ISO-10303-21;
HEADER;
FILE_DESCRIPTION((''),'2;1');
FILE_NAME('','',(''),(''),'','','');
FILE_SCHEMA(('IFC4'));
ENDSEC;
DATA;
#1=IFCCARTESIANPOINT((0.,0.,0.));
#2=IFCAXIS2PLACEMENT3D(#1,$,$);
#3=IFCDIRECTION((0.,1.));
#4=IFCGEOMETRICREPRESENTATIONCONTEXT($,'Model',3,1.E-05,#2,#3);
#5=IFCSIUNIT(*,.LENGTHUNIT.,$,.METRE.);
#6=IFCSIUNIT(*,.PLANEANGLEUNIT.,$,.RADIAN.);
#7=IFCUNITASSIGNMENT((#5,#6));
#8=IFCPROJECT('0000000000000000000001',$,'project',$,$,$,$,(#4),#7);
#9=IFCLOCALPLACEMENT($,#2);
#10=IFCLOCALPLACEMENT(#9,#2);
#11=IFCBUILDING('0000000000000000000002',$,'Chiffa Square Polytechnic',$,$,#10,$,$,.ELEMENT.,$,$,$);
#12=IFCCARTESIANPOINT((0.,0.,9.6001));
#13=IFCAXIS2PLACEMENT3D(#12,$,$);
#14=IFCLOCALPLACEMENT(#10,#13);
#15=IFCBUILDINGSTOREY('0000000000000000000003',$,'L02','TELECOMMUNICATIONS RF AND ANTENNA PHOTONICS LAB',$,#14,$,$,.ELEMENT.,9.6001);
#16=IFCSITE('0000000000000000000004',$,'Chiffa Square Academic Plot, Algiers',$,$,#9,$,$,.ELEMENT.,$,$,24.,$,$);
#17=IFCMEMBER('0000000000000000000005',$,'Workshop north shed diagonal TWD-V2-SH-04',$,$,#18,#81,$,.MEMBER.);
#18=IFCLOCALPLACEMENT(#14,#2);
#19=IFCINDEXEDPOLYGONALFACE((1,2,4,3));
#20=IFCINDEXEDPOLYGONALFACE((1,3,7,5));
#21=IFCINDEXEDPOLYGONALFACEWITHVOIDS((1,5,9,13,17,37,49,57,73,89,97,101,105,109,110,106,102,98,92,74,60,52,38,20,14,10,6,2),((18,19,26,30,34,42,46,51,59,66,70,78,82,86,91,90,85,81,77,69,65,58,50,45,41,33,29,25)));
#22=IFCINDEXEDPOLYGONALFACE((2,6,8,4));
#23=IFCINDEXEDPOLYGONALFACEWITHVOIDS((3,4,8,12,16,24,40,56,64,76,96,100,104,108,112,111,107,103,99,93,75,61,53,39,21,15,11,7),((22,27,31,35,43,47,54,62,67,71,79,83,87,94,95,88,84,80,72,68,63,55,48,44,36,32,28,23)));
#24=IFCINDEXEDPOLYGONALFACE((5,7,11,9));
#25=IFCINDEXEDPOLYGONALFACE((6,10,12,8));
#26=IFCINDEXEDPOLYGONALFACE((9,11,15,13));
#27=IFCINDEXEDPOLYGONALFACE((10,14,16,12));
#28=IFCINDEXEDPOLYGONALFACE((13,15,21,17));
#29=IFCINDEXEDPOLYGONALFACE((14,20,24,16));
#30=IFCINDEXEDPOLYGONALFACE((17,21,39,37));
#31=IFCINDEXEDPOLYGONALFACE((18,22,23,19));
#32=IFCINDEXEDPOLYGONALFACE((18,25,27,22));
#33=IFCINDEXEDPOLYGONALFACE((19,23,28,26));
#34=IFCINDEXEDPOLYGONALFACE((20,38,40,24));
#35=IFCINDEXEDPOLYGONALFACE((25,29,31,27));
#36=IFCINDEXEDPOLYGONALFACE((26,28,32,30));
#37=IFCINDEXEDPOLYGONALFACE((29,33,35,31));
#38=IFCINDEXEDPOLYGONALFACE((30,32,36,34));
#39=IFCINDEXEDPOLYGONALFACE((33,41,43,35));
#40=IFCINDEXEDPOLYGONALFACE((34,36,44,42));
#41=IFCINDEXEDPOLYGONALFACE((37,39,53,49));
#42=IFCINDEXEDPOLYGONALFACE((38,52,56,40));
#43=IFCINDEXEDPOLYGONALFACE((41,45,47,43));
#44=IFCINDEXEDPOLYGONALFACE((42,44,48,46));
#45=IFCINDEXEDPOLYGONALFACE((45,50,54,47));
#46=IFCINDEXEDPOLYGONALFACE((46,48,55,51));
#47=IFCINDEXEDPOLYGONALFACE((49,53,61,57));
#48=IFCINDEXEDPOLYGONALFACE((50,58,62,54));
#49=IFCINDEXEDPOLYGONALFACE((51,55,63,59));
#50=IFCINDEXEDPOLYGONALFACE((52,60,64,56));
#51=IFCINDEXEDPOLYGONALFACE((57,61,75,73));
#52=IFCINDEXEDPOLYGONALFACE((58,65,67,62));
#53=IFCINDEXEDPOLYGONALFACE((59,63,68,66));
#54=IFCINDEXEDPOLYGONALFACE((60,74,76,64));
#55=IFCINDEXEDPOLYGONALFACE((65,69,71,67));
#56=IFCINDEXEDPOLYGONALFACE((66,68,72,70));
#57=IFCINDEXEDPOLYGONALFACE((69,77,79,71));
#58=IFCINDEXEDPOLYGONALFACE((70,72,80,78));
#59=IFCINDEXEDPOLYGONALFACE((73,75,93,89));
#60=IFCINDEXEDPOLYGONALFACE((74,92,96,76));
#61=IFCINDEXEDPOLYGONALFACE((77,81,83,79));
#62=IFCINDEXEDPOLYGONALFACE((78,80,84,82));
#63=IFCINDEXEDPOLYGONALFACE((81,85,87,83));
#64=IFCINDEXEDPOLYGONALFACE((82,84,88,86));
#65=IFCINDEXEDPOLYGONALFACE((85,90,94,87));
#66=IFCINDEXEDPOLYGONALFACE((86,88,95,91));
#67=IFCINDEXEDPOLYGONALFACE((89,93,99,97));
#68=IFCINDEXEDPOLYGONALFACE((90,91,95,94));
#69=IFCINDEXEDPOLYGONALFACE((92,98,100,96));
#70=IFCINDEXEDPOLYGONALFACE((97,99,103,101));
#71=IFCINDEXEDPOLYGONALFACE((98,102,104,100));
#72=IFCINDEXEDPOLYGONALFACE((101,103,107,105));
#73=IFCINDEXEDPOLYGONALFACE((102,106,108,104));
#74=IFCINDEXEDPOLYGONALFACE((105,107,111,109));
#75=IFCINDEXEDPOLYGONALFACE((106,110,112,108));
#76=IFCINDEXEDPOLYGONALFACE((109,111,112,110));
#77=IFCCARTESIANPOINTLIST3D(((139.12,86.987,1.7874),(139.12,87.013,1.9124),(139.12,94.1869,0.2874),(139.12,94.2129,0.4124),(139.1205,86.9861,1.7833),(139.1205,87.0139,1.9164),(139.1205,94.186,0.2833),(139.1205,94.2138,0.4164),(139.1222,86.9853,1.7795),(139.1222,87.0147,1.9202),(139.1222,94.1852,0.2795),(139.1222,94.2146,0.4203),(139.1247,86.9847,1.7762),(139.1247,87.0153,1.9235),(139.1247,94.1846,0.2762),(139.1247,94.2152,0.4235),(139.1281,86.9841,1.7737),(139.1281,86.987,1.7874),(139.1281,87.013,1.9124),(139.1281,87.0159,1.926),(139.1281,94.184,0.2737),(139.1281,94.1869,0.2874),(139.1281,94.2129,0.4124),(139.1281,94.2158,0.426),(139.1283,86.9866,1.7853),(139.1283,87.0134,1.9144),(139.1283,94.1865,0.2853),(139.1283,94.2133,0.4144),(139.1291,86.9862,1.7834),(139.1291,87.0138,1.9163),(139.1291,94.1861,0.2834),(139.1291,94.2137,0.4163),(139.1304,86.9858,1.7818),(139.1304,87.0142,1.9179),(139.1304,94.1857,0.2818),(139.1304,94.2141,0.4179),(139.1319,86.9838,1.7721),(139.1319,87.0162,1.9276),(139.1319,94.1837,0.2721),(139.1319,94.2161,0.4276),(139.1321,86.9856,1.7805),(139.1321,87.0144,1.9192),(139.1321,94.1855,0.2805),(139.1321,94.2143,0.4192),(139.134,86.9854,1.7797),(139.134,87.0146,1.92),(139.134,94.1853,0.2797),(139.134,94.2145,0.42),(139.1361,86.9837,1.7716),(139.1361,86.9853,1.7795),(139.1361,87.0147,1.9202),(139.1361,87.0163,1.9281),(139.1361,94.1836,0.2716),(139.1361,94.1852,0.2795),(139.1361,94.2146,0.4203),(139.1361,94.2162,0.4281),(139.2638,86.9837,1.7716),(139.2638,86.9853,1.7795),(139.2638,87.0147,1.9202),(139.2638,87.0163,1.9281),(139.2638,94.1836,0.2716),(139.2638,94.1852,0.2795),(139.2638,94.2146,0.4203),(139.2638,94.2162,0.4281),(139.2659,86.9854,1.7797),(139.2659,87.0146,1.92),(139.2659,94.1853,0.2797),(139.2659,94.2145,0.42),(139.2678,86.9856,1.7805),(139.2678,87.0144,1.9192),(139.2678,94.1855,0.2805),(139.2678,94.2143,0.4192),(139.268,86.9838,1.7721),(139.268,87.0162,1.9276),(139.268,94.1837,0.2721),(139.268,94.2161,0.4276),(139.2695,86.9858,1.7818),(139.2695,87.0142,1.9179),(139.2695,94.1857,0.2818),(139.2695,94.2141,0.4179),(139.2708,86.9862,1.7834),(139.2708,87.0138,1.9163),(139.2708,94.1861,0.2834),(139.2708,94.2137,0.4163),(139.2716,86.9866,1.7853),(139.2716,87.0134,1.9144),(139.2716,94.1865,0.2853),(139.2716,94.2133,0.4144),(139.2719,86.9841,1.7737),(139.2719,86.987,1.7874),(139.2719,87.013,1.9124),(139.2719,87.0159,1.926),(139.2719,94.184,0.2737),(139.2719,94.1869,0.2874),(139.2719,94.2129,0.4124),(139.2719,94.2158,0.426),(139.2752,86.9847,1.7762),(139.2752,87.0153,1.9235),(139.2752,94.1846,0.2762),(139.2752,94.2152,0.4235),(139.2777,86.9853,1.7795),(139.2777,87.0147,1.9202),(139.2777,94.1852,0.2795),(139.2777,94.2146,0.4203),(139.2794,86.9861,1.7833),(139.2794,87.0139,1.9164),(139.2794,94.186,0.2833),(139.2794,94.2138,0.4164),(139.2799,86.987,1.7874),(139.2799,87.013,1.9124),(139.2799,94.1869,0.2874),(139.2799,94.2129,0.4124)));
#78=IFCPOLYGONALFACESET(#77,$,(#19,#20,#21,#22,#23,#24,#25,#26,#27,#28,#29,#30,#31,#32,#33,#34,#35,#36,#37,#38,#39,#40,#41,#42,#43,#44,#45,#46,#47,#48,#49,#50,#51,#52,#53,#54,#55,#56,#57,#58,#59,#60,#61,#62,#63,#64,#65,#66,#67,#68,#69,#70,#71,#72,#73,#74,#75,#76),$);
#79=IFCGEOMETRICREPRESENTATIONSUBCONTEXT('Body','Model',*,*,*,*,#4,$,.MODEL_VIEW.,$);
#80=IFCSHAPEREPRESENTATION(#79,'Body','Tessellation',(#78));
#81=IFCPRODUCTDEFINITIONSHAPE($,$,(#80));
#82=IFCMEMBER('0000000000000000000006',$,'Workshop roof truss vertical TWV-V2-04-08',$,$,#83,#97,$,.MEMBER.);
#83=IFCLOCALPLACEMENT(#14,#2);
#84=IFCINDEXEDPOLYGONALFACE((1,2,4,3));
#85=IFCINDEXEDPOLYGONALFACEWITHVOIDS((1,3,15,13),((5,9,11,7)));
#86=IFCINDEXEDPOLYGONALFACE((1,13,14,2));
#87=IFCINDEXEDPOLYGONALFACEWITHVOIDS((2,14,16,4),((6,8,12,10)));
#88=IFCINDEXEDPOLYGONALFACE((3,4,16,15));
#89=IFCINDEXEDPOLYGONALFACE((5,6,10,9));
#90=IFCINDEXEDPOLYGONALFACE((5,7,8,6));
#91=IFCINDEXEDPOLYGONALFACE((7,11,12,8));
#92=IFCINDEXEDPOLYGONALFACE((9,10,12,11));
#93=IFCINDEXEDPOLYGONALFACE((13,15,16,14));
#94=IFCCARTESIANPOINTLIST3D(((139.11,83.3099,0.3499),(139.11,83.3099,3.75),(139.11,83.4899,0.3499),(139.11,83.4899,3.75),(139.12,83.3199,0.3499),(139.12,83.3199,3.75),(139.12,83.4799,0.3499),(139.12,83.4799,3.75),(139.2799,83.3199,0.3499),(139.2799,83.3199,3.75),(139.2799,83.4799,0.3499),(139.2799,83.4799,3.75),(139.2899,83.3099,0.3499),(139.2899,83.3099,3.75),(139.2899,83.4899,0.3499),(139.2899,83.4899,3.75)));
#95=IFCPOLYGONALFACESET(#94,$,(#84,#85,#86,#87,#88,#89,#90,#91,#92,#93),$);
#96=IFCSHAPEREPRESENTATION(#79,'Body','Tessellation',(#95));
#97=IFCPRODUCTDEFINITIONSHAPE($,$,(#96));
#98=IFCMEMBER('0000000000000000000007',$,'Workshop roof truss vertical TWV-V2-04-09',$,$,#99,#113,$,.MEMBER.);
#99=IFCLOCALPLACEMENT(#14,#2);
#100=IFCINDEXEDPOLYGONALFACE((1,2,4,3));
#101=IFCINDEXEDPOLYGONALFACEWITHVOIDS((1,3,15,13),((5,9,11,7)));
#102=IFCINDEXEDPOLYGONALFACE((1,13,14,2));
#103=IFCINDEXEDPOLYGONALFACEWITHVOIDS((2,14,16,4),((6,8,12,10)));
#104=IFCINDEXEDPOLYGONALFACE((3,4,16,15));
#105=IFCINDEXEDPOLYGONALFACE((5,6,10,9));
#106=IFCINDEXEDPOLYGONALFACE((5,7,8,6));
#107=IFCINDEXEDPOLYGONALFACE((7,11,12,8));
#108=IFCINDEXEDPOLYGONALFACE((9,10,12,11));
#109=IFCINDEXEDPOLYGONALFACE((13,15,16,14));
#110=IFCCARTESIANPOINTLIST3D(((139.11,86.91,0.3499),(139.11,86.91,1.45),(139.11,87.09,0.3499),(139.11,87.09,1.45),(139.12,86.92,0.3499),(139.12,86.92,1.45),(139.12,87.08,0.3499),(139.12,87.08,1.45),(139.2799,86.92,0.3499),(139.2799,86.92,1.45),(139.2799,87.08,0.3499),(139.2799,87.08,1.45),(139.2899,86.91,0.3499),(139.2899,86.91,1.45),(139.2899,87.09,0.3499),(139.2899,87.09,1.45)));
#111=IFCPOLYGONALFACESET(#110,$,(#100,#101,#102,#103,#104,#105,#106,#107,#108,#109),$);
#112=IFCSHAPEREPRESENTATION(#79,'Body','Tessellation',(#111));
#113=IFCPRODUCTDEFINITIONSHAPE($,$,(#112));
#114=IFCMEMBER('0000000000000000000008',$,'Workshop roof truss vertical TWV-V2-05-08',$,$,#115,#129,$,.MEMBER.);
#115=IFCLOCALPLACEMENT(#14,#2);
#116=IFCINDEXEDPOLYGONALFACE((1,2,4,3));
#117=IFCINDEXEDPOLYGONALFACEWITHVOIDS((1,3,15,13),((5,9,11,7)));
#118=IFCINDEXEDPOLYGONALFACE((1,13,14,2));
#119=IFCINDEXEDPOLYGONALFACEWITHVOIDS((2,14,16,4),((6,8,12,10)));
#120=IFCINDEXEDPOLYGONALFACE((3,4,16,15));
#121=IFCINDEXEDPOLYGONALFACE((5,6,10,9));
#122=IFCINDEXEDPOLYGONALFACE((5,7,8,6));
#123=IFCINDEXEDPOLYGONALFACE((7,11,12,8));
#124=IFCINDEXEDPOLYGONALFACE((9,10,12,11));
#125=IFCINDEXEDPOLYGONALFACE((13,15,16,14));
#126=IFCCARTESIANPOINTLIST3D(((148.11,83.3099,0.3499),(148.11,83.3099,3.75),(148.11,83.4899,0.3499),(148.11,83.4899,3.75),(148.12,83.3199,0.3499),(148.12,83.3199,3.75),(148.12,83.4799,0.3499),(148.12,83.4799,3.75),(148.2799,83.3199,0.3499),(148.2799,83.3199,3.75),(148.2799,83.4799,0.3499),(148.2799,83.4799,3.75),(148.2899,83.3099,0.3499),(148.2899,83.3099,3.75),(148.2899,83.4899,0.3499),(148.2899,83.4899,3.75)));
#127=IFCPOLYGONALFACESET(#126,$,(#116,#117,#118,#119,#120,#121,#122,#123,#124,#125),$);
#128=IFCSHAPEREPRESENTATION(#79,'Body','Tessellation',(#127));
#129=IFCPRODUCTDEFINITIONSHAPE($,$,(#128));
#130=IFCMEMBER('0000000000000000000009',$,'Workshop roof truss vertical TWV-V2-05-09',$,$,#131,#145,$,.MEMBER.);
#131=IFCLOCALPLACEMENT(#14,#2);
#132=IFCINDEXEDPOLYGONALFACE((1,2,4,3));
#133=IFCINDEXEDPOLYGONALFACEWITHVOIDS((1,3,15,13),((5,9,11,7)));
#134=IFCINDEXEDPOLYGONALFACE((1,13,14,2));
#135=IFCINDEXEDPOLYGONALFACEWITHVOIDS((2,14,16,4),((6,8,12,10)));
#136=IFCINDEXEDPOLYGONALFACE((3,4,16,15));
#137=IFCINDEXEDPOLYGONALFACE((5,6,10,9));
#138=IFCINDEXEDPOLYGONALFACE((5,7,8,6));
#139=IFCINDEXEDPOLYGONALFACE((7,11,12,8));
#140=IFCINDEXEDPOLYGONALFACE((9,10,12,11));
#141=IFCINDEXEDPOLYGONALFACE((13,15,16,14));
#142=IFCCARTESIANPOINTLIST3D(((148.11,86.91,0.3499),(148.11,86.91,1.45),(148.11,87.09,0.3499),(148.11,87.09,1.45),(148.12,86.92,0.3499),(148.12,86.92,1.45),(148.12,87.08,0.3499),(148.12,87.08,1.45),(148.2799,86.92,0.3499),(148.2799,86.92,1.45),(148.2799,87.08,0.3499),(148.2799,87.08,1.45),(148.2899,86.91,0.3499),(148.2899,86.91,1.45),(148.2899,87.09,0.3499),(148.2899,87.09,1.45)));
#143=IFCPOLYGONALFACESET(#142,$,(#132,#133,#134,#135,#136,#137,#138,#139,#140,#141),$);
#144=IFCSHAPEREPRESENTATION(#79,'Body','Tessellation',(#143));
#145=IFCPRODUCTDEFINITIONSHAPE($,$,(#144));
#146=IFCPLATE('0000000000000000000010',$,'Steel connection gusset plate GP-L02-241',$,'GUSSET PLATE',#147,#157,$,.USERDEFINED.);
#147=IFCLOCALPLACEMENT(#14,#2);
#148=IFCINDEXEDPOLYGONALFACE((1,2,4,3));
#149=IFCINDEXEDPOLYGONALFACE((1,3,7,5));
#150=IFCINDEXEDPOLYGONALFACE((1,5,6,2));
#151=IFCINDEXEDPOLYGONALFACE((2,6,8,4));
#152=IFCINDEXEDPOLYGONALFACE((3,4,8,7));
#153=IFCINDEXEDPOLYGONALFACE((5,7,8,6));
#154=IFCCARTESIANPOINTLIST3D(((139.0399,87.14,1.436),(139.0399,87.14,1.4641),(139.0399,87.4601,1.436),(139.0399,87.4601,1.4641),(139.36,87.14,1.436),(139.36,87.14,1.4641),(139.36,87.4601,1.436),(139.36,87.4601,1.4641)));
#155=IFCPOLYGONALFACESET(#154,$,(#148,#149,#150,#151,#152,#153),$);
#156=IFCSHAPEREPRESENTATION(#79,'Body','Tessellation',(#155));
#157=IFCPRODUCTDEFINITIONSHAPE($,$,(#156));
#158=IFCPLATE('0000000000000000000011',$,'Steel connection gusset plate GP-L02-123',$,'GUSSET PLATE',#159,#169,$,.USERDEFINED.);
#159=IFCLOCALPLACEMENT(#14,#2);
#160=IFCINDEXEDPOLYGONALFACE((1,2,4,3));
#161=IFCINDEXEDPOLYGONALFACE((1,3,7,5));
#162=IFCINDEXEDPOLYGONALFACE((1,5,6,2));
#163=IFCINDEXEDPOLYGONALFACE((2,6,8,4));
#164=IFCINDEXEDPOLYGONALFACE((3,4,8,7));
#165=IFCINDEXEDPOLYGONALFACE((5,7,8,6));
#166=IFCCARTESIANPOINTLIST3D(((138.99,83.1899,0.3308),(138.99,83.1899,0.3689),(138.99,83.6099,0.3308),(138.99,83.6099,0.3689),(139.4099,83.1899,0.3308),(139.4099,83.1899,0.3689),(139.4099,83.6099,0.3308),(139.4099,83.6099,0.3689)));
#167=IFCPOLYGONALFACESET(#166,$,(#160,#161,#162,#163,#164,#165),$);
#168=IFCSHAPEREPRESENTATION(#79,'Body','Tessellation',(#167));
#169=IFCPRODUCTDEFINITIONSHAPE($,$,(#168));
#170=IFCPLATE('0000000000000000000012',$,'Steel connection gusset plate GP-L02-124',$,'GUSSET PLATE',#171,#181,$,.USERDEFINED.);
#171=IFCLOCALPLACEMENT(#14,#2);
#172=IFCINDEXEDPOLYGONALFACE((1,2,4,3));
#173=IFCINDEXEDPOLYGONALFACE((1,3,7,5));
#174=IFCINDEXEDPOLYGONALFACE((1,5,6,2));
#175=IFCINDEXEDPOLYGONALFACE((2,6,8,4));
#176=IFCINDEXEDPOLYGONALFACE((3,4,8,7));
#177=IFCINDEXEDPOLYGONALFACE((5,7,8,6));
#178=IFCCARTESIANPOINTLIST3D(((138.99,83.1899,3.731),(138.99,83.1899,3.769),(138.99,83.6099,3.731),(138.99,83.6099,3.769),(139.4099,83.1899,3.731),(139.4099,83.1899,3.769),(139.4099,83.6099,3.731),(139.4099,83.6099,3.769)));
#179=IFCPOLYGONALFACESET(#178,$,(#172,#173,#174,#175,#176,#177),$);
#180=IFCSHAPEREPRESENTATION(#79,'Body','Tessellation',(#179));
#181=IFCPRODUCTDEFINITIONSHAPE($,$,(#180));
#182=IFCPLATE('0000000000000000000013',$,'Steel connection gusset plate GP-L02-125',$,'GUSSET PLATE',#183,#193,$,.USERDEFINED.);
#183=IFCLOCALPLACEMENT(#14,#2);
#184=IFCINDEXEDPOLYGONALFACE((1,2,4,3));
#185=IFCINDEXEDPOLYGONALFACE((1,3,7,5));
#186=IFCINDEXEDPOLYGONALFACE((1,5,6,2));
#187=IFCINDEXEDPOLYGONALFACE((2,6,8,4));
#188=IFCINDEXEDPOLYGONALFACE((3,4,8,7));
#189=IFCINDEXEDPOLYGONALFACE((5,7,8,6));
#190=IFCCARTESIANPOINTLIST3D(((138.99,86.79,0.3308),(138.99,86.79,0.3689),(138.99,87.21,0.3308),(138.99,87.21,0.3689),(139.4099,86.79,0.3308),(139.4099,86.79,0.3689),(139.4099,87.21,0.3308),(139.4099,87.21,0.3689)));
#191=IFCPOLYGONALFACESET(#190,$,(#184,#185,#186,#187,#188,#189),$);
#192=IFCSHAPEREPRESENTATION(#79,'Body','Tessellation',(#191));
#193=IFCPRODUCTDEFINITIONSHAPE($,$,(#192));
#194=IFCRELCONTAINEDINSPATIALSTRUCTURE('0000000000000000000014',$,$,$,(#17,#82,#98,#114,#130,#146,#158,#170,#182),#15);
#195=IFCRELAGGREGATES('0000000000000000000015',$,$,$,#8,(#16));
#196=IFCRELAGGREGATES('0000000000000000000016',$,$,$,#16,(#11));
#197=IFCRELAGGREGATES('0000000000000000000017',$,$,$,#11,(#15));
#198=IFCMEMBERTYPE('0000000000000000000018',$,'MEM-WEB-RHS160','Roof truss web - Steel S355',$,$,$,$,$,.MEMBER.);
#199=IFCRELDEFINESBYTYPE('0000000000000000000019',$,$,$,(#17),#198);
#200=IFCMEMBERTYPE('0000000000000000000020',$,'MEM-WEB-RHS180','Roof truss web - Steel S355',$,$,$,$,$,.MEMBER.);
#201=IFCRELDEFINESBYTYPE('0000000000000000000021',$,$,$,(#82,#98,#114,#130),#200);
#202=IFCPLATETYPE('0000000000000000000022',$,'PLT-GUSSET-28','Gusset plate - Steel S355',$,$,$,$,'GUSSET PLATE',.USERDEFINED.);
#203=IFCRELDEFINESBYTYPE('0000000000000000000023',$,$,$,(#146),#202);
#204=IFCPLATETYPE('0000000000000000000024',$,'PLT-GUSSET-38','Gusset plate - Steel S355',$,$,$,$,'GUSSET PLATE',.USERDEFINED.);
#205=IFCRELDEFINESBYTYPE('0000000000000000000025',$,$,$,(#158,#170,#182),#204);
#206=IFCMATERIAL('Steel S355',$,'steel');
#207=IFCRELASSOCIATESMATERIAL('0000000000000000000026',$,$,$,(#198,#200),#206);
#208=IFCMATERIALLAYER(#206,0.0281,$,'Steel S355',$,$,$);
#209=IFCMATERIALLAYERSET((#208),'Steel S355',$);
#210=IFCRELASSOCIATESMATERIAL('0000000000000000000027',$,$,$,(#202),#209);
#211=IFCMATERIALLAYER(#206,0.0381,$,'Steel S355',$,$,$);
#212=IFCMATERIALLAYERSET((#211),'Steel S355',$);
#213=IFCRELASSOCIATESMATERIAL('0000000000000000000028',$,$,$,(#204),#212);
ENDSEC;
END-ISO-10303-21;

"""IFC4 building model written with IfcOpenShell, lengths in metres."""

from ifc_helpers import new_model, si_unit, direction, frame, origin, origin_2d, place, context, subcontext, project, spatial, rectangle, hollow_rectangle, extrude, material, layer, layer_set, material_profile, profile_set, type_object, element, save


model = new_model("IFC4")

# Units and contexts
model_context = context("Model", 3, precision=1e-05, world=origin(), true_north=direction((0.0, 1.0)))
body_context = subcontext(model_context, "Body", "Model", "MODEL_VIEW")
ifc_project = project(units=[si_unit("LENGTHUNIT", "METRE"), si_unit("PLANEANGLEUNIT", "RADIAN")], contexts=[model_context])

# Site, building, storey
site_placement = place(None, origin())
site = spatial("IfcSite", under=ifc_project, at=site_placement, Name="Chiffa Square Academic Plot, Algiers", CompositionType="ELEMENT", RefElevation=24.0)
building_placement = place(site_placement, origin())
building = spatial("IfcBuilding", under=site, at=building_placement, Name="Chiffa Square Polytechnic", CompositionType="ELEMENT")
storey_placement = place(building_placement, frame((0.0, 0.0, 9.6001)))
storey = spatial("IfcBuildingStorey", under=building, at=storey_placement, Name="L02", Description="TELECOMMUNICATIONS RF AND ANTENNA PHOTONICS LAB", CompositionType="ELEMENT", Elevation=9.6001)

# Shared definitions
ifc_material_1 = material(Name="Steel S355", Category="steel")

# Members
ifc_material_profile_1 = material_profile(ifc_material_1, hollow_rectangle(XDim=0.1599, YDim=0.1599, WallThickness=0.0081, InnerFilletRadius=0.0081, OuterFilletRadius=0.0161, at=origin_2d()), Name="RHS 160x160x8")
ifc_profile_set_1 = profile_set([ifc_material_profile_1], Name="Steel S355")
member_type_1 = type_object("IfcMemberType", Name="MEM-WEB-RHS160", Description="Roof truss web - Steel S355", PredefinedType="MEMBER", material=ifc_profile_set_1)
member_1_placement = place(storey_placement, frame((139.2, 87.0, 1.8499), z_axis=(0.0, 0.97898, -0.203956), x_axis=(-1.0, 0.0, 0.0)))
element("IfcMember", 1, at=member_1_placement, inside=storey, type_object=member_type_1, Name="Workshop north shed diagonal TWD-V2-SH-04", PredefinedType="MEMBER", context=body_context, shape_type="SweptSolid", body=[
    extrude(hollow_rectangle(XDim=0.1599, YDim=0.1599, WallThickness=0.0081, InnerFilletRadius=0.0081, OuterFilletRadius=0.0161, at=origin_2d()), origin(), (0.0, 0.0, 1.0), 7.3545),
])
ifc_material_profile_2 = material_profile(ifc_material_1, hollow_rectangle(XDim=0.1799, YDim=0.1799, WallThickness=0.01, at=origin_2d()), Name="RHS 180x180x10")
ifc_profile_set_2 = profile_set([ifc_material_profile_2], Name="Steel S355")
member_type_2 = type_object("IfcMemberType", Name="MEM-WEB-RHS180", Description="Roof truss web - Steel S355", PredefinedType="MEMBER", material=ifc_profile_set_2)
member_2_placement = place(storey_placement, frame((139.2, 83.3999, 0.3499), z_axis=(0.0, 0.0, 1.0), x_axis=(1.0, 0.0, 0.0)))
element("IfcMember", 2, at=member_2_placement, inside=storey, type_object=member_type_2, Name="Workshop roof truss vertical TWV-V2-04-08", PredefinedType="MEMBER", context=body_context, shape_type="SweptSolid", body=[
    extrude(hollow_rectangle(XDim=0.1799, YDim=0.1799, WallThickness=0.01, at=origin_2d()), origin(), (0.0, 0.0, 1.0), 3.4001),
])
member_3_placement = place(storey_placement, frame((139.2, 87.0, 0.3499), z_axis=(0.0, 0.0, 1.0), x_axis=(1.0, 0.0, 0.0)))
element("IfcMember", 3, at=member_3_placement, inside=storey, type_object=member_type_2, Name="Workshop roof truss vertical TWV-V2-04-09", PredefinedType="MEMBER", context=body_context, shape_type="SweptSolid", body=[
    extrude(hollow_rectangle(XDim=0.1799, YDim=0.1799, WallThickness=0.01, at=origin_2d()), origin(), (0.0, 0.0, 1.0), 1.1001),
])
member_4_placement = place(storey_placement, frame((148.2, 83.3999, 0.3499), z_axis=(0.0, 0.0, 1.0), x_axis=(1.0, 0.0, 0.0)))
element("IfcMember", 4, at=member_4_placement, inside=storey, type_object=member_type_2, Name="Workshop roof truss vertical TWV-V2-05-08", PredefinedType="MEMBER", context=body_context, shape_type="SweptSolid", body=[
    extrude(hollow_rectangle(XDim=0.1799, YDim=0.1799, WallThickness=0.01, at=origin_2d()), origin(), (0.0, 0.0, 1.0), 3.4001),
])
member_5_placement = place(storey_placement, frame((148.2, 87.0, 0.3499), z_axis=(0.0, 0.0, 1.0), x_axis=(1.0, 0.0, 0.0)))
element("IfcMember", 5, at=member_5_placement, inside=storey, type_object=member_type_2, Name="Workshop roof truss vertical TWV-V2-05-09", PredefinedType="MEMBER", context=body_context, shape_type="SweptSolid", body=[
    extrude(hollow_rectangle(XDim=0.1799, YDim=0.1799, WallThickness=0.01, at=origin_2d()), origin(), (0.0, 0.0, 1.0), 1.1001),
])

# Plates
ifc_layer_1 = layer(ifc_material_1, 0.0281, Name="Steel S355")
ifc_layer_set_1 = layer_set([ifc_layer_1], Name="Steel S355")
plate_type_1 = type_object("IfcPlateType", Name="PLT-GUSSET-28", Description="Gusset plate - Steel S355", ElementType="GUSSET PLATE", PredefinedType="USERDEFINED", material=ifc_layer_set_1)
plate_placement = place(storey_placement, frame((139.2, 87.3, 1.436), z_axis=(0.0, 0.0, 1.0), x_axis=(1.0, 0.0, 0.0)))
element("IfcPlate", 6, at=plate_placement, inside=storey, type_object=plate_type_1, Name="Steel connection gusset plate GP-L02-241", ObjectType="GUSSET PLATE", PredefinedType="USERDEFINED", context=body_context, shape_type="SweptSolid", body=[
    extrude(rectangle(XDim=0.3201, YDim=0.3201, at=origin_2d()), origin(), (0.0, 0.0, 1.0), 0.0281),
])
ifc_layer_2 = layer(ifc_material_1, 0.0381, Name="Steel S355")
ifc_layer_set_2 = layer_set([ifc_layer_2], Name="Steel S355")
plate_type_2 = type_object("IfcPlateType", Name="PLT-GUSSET-38", Description="Gusset plate - Steel S355", ElementType="GUSSET PLATE", PredefinedType="USERDEFINED", material=ifc_layer_set_2)
for number, where, z_axis, x_axis, name in (
    (7, (139.2, 83.3999, 0.3308), (0.0, 0.0, 1.0), (1.0, 0.0, 0.0), "Steel connection gusset plate GP-L02-123"),
    (8, (139.2, 83.3999, 3.731), (0.0, 0.0, 1.0), (1.0, 0.0, 0.0), "Steel connection gusset plate GP-L02-124"),
    (9, (139.2, 87.0, 0.3308), (0.0, 0.0, 1.0), (1.0, 0.0, 0.0), "Steel connection gusset plate GP-L02-125"),
):
    element("IfcPlate", number, at=place(storey_placement, frame(where, z_axis=z_axis, x_axis=x_axis)), inside=storey, type_object=plate_type_2, Name=name, ObjectType="GUSSET PLATE", PredefinedType="USERDEFINED", context=body_context, shape_type="SweptSolid", body=[
        extrude(rectangle(XDim=0.4199, YDim=0.4199, at=origin_2d()), origin(), (0.0, 0.0, 1.0), 0.0381),
    ])

save(model, "model.ifc")
